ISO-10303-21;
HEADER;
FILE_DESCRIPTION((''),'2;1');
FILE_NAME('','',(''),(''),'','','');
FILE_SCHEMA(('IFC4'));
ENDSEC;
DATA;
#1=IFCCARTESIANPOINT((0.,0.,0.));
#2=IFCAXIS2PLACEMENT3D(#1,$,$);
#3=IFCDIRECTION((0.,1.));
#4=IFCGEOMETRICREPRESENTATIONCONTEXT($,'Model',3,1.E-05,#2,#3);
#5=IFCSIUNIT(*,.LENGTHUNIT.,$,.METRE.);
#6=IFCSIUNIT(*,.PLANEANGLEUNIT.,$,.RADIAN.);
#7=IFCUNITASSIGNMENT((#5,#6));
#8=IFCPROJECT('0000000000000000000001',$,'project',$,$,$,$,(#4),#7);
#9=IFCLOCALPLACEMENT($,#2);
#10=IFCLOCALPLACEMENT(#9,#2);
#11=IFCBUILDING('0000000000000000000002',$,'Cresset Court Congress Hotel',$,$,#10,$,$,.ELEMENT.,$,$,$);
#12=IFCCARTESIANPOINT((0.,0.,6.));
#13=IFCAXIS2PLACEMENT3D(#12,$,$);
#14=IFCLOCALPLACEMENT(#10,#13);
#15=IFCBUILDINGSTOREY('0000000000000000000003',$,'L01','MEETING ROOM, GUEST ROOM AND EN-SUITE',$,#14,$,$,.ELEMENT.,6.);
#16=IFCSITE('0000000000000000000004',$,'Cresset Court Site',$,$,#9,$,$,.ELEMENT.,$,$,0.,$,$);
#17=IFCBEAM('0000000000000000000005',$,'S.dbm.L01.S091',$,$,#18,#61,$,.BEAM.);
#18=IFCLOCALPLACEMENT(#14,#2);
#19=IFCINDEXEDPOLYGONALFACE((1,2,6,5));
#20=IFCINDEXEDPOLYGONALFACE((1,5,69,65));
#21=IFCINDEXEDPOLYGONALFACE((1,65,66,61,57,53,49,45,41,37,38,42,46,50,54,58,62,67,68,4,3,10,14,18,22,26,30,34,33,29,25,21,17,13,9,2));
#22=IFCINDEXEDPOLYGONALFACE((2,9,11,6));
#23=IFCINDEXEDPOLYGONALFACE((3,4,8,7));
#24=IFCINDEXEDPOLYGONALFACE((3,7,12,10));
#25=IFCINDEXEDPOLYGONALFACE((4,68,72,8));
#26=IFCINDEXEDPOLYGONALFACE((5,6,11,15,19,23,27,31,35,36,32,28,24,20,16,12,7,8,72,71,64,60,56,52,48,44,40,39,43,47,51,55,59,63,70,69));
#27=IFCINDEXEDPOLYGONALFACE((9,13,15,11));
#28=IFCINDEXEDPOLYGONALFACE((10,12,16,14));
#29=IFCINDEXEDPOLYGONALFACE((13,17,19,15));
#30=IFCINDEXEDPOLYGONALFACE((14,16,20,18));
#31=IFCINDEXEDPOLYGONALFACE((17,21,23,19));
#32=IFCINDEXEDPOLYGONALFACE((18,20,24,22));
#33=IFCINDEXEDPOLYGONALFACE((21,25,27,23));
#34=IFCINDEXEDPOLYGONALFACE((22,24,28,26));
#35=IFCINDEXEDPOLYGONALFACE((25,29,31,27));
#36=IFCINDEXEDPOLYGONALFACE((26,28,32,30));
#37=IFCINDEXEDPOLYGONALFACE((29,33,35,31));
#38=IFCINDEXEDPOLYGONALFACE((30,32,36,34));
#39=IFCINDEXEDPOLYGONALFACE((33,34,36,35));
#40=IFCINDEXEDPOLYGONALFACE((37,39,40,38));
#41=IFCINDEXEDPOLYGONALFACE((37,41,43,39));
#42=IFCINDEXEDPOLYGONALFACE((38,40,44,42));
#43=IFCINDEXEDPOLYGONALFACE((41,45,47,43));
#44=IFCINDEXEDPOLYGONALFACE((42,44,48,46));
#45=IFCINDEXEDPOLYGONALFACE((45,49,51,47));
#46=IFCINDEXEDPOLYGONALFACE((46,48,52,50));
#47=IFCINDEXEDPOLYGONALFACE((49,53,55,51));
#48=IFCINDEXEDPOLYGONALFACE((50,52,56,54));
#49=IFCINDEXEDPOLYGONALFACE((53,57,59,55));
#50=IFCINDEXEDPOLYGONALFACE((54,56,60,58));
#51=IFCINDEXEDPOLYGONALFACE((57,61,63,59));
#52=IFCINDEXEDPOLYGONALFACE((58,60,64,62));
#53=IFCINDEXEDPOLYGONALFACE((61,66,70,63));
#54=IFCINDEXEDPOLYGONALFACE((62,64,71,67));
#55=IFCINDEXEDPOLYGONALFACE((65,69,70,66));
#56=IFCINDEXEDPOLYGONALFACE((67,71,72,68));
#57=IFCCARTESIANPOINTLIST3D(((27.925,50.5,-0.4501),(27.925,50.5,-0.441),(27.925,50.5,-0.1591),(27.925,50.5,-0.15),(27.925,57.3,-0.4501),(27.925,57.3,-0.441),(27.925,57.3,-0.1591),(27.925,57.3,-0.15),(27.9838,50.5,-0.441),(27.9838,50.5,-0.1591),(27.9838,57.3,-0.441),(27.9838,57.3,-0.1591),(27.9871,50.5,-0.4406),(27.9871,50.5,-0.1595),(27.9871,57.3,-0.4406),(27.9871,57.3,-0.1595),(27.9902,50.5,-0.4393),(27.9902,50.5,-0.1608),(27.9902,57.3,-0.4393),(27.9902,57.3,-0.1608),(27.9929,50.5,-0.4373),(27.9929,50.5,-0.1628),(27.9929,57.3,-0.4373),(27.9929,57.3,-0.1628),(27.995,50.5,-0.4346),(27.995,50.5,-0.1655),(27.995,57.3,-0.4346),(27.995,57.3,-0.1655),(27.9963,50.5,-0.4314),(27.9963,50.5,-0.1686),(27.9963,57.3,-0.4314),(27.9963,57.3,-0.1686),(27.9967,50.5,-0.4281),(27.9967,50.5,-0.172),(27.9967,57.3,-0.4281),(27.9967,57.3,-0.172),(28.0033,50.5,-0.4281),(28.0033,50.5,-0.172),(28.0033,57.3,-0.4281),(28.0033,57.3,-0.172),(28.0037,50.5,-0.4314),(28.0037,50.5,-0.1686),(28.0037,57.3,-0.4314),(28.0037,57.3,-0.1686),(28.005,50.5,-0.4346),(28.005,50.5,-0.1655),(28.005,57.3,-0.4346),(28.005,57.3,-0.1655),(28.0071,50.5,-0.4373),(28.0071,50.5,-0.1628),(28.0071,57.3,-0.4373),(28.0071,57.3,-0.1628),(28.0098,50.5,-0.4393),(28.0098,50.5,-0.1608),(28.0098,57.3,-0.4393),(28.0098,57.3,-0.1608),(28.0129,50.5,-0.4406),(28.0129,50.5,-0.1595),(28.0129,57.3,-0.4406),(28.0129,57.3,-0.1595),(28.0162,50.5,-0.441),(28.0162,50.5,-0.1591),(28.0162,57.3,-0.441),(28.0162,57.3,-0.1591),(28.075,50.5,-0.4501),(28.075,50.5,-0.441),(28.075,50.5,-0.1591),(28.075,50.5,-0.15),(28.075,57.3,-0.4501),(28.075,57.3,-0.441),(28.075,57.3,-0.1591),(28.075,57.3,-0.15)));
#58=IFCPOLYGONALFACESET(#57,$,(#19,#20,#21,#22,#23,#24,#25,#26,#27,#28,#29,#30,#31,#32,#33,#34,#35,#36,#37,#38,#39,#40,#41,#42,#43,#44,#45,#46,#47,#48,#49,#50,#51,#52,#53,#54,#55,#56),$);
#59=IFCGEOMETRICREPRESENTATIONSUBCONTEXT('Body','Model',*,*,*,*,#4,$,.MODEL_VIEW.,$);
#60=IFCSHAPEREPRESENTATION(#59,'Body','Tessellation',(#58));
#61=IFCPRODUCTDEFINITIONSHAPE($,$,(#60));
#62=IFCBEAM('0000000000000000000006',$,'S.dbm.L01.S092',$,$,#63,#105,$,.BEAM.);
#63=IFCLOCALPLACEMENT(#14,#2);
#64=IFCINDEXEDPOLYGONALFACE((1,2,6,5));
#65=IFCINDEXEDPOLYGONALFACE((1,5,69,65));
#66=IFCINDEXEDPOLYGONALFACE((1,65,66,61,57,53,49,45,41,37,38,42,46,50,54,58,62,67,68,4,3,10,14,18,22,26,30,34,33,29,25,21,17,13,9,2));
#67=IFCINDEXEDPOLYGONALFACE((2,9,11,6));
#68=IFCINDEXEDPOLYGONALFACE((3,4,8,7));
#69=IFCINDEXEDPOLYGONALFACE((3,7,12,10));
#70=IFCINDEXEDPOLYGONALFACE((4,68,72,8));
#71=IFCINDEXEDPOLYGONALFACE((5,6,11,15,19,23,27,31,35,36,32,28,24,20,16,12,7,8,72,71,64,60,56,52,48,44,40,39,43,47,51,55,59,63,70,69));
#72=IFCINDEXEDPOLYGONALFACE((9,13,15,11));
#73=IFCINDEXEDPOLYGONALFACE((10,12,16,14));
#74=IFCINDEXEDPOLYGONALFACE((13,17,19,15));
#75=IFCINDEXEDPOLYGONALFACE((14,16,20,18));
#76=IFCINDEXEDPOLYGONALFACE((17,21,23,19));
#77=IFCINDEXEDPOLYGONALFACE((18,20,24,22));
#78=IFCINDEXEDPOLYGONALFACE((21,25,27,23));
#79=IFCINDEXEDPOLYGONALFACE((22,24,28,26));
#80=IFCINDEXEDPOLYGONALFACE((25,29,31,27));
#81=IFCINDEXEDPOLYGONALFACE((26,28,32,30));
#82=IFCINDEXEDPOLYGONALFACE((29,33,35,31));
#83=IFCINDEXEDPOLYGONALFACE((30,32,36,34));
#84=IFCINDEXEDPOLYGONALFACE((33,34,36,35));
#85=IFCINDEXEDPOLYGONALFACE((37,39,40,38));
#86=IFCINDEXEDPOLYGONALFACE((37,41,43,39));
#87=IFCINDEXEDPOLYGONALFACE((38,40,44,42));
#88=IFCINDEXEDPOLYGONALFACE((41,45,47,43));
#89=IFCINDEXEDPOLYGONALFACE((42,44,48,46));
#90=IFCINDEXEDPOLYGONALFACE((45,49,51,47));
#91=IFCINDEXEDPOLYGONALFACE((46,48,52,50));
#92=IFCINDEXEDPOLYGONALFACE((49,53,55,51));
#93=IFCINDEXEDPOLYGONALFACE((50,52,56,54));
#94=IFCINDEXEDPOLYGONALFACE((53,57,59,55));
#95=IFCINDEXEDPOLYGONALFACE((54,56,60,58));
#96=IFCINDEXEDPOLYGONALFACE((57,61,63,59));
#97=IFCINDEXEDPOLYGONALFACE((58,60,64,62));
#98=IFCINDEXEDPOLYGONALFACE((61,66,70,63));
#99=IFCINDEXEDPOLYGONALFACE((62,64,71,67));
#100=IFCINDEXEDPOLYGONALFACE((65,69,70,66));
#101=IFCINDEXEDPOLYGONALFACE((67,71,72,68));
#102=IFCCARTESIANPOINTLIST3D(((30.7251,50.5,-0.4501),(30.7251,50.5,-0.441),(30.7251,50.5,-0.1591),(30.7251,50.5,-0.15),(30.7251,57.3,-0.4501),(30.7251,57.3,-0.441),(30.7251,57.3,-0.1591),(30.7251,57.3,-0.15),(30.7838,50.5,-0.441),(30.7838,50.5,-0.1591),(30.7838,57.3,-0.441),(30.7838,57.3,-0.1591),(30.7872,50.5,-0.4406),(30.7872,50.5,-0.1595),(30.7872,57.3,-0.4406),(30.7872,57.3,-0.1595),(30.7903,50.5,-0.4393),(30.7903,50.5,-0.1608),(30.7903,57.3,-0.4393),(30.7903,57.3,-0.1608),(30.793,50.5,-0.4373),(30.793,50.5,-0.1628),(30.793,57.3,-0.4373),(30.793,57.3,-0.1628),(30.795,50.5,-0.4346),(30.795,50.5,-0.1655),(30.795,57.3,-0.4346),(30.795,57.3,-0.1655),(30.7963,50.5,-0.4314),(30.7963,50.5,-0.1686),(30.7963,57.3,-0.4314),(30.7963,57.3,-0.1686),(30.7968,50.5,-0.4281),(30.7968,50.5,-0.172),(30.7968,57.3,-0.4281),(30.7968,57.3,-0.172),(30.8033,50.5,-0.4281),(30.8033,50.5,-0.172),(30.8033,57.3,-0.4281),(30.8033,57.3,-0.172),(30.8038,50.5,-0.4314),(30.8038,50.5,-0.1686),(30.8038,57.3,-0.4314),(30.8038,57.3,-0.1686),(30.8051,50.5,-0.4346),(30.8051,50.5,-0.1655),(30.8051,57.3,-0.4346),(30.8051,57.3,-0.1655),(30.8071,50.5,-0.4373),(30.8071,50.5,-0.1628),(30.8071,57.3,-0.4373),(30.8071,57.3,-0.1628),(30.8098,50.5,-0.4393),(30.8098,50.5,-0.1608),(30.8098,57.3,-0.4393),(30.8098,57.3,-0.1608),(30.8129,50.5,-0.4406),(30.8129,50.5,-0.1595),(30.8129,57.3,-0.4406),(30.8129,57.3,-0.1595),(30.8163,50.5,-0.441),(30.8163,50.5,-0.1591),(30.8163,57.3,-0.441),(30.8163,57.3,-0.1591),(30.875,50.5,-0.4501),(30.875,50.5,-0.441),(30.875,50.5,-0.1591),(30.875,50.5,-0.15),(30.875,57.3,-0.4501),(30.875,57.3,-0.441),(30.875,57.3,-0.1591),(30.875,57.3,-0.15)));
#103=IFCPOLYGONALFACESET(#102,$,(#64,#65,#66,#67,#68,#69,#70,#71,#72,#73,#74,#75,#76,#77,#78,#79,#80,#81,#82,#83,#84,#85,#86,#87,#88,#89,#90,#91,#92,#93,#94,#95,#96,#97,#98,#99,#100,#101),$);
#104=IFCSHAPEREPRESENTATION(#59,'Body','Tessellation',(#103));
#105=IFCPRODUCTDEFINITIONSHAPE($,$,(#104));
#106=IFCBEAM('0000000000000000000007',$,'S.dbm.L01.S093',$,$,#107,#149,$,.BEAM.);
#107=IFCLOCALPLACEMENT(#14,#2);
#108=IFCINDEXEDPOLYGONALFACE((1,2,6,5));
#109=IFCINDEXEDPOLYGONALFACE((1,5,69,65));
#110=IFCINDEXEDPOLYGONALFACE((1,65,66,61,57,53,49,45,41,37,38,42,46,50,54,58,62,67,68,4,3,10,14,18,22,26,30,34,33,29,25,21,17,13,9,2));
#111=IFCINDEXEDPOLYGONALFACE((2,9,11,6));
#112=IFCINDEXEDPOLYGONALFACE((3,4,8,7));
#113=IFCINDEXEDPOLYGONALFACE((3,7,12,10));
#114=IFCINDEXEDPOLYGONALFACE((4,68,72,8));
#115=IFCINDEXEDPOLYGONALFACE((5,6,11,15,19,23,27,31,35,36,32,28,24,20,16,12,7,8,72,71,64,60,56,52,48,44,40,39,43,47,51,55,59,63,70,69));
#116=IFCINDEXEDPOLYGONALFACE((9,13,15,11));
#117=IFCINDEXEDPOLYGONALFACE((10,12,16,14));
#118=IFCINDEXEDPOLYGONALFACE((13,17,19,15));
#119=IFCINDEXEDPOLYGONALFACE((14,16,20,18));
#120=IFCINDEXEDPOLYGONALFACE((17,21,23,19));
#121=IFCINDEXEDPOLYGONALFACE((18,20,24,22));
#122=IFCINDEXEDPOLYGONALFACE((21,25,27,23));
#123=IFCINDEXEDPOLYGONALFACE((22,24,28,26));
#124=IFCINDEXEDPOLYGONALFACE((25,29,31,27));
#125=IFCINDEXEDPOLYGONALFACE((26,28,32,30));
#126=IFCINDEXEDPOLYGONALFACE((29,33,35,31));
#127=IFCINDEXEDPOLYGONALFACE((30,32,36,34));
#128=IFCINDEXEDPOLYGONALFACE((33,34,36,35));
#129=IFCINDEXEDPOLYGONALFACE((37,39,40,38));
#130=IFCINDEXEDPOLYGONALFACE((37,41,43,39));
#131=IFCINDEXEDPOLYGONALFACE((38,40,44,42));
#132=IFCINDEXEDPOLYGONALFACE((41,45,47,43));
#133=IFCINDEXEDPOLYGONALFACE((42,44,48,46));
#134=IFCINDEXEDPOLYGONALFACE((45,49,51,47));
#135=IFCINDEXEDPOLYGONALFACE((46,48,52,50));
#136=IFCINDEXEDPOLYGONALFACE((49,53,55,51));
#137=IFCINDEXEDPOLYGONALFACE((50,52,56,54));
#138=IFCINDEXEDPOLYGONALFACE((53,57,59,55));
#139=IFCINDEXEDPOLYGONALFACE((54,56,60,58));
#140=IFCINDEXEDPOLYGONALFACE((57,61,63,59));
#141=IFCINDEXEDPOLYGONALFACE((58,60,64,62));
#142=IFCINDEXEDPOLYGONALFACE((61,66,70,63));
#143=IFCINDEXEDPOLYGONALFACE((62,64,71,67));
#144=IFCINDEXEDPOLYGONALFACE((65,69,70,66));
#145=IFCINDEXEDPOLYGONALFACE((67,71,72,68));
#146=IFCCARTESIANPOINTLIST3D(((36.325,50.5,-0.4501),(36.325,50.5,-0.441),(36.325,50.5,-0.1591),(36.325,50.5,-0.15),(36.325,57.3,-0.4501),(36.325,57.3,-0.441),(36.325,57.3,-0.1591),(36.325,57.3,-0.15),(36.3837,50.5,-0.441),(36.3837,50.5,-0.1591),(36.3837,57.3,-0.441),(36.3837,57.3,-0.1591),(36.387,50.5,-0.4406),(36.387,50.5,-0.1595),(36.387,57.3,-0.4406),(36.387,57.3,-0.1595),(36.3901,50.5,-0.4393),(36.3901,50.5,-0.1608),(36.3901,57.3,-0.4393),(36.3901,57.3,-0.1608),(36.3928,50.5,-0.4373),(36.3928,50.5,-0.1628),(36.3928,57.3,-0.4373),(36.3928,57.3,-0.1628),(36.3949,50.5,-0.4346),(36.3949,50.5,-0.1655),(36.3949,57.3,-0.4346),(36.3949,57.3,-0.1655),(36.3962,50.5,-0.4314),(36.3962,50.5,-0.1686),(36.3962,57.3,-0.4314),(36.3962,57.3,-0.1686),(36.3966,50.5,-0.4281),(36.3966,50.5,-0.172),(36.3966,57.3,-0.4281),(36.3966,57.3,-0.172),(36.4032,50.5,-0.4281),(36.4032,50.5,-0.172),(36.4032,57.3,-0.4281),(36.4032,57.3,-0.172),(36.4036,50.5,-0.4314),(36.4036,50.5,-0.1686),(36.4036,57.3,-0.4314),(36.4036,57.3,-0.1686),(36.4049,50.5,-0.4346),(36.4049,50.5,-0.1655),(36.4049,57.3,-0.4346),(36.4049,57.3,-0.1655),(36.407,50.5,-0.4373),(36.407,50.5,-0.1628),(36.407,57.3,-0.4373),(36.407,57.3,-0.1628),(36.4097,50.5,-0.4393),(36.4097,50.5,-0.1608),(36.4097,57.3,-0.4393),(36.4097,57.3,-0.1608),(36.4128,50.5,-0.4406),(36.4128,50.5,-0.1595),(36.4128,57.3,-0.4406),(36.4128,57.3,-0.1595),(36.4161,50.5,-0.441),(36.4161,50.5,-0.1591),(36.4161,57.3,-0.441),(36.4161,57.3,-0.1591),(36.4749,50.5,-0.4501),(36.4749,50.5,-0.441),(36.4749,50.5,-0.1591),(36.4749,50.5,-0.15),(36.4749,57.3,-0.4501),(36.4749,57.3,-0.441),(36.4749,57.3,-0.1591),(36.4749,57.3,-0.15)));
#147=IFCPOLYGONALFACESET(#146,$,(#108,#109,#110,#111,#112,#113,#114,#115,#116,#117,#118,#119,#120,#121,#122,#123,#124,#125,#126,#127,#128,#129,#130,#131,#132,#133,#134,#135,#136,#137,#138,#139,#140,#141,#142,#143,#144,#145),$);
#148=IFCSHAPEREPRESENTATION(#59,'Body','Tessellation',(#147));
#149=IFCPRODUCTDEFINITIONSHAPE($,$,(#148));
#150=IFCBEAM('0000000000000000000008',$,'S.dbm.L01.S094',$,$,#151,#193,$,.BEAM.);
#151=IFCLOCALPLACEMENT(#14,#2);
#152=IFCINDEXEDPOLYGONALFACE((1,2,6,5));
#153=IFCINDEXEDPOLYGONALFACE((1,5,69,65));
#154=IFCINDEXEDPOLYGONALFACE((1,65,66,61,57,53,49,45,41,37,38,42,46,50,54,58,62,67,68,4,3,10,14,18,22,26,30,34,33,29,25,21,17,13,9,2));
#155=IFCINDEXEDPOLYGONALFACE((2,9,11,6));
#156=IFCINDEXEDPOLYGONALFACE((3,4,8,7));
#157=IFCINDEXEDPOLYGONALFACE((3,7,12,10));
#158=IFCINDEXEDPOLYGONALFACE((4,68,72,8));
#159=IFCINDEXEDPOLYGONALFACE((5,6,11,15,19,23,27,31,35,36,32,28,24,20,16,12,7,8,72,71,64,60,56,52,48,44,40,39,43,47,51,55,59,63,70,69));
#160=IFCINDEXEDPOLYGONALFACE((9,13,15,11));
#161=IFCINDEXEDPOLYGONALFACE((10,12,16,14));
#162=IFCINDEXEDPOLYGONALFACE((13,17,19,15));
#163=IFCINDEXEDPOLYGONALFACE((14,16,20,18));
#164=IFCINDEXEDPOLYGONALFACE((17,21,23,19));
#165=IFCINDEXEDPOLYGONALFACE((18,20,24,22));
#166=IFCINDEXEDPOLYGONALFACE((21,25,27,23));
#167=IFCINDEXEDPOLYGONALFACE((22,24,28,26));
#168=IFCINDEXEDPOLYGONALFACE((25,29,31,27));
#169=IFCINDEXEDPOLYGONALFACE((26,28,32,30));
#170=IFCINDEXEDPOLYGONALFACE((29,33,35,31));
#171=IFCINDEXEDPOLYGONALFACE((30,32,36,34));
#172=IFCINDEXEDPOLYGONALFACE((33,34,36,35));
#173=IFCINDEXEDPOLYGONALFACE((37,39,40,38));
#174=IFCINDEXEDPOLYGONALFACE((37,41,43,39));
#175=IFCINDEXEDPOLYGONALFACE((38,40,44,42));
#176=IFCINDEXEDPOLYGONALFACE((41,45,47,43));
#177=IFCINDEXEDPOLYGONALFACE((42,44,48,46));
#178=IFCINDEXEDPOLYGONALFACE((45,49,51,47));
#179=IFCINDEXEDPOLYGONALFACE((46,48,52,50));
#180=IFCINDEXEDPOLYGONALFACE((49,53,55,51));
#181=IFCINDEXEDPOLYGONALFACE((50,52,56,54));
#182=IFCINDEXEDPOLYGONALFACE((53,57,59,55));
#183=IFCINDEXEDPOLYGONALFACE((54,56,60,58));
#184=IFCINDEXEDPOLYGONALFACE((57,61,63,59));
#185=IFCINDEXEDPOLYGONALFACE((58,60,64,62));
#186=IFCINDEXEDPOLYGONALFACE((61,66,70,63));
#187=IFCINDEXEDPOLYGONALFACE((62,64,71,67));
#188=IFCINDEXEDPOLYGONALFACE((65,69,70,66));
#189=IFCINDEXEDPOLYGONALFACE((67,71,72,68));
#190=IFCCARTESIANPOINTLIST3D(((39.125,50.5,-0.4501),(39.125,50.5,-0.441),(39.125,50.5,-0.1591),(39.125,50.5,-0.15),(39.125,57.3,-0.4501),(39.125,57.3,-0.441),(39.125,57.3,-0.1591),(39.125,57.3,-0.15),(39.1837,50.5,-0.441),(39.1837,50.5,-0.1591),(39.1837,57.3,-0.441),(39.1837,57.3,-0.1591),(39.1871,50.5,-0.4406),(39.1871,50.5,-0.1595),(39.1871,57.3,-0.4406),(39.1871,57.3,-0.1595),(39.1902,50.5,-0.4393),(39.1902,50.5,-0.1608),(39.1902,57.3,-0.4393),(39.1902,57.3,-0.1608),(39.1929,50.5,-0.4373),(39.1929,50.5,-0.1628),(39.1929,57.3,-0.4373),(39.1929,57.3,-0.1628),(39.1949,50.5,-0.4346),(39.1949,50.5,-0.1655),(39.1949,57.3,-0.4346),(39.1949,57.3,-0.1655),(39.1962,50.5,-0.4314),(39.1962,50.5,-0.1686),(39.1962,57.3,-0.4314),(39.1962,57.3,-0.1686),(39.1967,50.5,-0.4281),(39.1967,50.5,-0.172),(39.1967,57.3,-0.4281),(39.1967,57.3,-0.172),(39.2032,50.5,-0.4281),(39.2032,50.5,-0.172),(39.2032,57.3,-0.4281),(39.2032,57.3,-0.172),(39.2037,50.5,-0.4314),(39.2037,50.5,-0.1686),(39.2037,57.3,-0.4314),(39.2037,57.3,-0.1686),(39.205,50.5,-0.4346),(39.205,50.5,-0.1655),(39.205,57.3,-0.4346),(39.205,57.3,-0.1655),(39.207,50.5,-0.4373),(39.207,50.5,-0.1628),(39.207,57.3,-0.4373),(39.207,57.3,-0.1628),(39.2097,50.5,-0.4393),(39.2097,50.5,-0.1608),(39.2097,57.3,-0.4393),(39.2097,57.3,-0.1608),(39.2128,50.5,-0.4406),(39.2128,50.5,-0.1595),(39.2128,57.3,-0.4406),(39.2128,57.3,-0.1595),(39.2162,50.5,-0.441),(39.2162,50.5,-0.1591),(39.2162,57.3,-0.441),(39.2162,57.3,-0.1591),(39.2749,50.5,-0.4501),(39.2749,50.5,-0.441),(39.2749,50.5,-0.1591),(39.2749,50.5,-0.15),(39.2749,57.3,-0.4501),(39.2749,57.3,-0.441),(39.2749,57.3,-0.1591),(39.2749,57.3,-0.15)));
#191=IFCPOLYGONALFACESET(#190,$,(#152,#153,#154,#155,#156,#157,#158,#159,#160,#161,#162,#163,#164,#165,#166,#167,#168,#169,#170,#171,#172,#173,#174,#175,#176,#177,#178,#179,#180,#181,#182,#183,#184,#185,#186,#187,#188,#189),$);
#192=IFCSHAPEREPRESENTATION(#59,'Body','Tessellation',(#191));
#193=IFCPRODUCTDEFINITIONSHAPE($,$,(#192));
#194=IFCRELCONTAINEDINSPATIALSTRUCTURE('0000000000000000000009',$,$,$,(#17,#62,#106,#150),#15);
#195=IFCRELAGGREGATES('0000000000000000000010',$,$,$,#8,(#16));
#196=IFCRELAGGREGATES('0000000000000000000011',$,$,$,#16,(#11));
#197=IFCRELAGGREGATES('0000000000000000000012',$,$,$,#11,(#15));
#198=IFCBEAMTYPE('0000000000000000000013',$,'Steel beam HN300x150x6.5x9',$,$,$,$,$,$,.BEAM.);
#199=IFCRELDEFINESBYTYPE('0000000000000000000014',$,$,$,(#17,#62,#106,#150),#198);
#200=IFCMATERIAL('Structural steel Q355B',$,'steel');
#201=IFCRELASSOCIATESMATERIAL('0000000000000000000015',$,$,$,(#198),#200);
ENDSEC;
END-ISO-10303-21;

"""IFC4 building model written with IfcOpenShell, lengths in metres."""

from ifc_helpers import new_model, si_unit, direction, frame, origin, origin_2d, place, context, subcontext, project, spatial, i_section, extrude, material, material_profile, profile_set, type_object, element, save


model = new_model("IFC4")

# Units and contexts
model_context = context("Model", 3, precision=1e-05, world=origin(), true_north=direction((0.0, 1.0)))
body_context = subcontext(model_context, "Body", "Model", "MODEL_VIEW")
ifc_project = project(units=[si_unit("LENGTHUNIT", "METRE"), si_unit("PLANEANGLEUNIT", "RADIAN")], contexts=[model_context])

# Site, building, storey
site_placement = place(None, origin())
site = spatial("IfcSite", under=ifc_project, at=site_placement, Name="Cresset Court Site", CompositionType="ELEMENT", RefElevation=0.0)
building_placement = place(site_placement, origin())
building = spatial("IfcBuilding", under=site, at=building_placement, Name="Cresset Court Congress Hotel", CompositionType="ELEMENT")
storey_placement = place(building_placement, frame((0.0, 0.0, 6.0)))
storey = spatial("IfcBuildingStorey", under=building, at=storey_placement, Name="L01", Description="MEETING ROOM, GUEST ROOM AND EN-SUITE", CompositionType="ELEMENT", Elevation=6.0)

# Beams
ifc_material_1 = material(Name="Structural steel Q355B", Category="steel")
ifc_material_profile_1 = material_profile(ifc_material_1, i_section(OverallWidth=0.1499, OverallDepth=0.3, WebThickness=0.0066, FlangeThickness=0.009, FilletRadius=0.0129, at=origin_2d()), Name="HN300x150x6.5x9")
ifc_profile_set_1 = profile_set([ifc_material_profile_1], Name="Structural steel Q355B")
beam_type_1 = type_object("IfcBeamType", Name="Steel beam HN300x150x6.5x9", PredefinedType="BEAM", material=ifc_profile_set_1)
for number, where, z_axis, x_axis, name in (
    (1, (28.0, 50.5, -0.3), (0.0, 1.0, 0.0), (-1.0, 0.0, 0.0), "S.dbm.L01.S091"),
    (2, (30.8, 50.5, -0.3), (0.0, 1.0, 0.0), (-1.0, 0.0, 0.0), "S.dbm.L01.S092"),
    (3, (36.3999, 50.5, -0.3), (0.0, 1.0, 0.0), (-1.0, 0.0, 0.0), "S.dbm.L01.S093"),
    (4, (39.2, 50.5, -0.3), (0.0, 1.0, 0.0), (-1.0, 0.0, 0.0), "S.dbm.L01.S094"),
):
    element("IfcBeam", number, at=place(storey_placement, frame(where, z_axis=z_axis, x_axis=x_axis)), inside=storey, type_object=beam_type_1, Name=name, PredefinedType="BEAM", context=body_context, shape_type="SweptSolid", body=[
        extrude(i_section(OverallWidth=0.1499, OverallDepth=0.3, WebThickness=0.0066, FlangeThickness=0.009, FilletRadius=0.0129, at=origin_2d()), origin(), (0.0, 0.0, 1.0), 6.8),
    ])

save(model, "model.ifc")
